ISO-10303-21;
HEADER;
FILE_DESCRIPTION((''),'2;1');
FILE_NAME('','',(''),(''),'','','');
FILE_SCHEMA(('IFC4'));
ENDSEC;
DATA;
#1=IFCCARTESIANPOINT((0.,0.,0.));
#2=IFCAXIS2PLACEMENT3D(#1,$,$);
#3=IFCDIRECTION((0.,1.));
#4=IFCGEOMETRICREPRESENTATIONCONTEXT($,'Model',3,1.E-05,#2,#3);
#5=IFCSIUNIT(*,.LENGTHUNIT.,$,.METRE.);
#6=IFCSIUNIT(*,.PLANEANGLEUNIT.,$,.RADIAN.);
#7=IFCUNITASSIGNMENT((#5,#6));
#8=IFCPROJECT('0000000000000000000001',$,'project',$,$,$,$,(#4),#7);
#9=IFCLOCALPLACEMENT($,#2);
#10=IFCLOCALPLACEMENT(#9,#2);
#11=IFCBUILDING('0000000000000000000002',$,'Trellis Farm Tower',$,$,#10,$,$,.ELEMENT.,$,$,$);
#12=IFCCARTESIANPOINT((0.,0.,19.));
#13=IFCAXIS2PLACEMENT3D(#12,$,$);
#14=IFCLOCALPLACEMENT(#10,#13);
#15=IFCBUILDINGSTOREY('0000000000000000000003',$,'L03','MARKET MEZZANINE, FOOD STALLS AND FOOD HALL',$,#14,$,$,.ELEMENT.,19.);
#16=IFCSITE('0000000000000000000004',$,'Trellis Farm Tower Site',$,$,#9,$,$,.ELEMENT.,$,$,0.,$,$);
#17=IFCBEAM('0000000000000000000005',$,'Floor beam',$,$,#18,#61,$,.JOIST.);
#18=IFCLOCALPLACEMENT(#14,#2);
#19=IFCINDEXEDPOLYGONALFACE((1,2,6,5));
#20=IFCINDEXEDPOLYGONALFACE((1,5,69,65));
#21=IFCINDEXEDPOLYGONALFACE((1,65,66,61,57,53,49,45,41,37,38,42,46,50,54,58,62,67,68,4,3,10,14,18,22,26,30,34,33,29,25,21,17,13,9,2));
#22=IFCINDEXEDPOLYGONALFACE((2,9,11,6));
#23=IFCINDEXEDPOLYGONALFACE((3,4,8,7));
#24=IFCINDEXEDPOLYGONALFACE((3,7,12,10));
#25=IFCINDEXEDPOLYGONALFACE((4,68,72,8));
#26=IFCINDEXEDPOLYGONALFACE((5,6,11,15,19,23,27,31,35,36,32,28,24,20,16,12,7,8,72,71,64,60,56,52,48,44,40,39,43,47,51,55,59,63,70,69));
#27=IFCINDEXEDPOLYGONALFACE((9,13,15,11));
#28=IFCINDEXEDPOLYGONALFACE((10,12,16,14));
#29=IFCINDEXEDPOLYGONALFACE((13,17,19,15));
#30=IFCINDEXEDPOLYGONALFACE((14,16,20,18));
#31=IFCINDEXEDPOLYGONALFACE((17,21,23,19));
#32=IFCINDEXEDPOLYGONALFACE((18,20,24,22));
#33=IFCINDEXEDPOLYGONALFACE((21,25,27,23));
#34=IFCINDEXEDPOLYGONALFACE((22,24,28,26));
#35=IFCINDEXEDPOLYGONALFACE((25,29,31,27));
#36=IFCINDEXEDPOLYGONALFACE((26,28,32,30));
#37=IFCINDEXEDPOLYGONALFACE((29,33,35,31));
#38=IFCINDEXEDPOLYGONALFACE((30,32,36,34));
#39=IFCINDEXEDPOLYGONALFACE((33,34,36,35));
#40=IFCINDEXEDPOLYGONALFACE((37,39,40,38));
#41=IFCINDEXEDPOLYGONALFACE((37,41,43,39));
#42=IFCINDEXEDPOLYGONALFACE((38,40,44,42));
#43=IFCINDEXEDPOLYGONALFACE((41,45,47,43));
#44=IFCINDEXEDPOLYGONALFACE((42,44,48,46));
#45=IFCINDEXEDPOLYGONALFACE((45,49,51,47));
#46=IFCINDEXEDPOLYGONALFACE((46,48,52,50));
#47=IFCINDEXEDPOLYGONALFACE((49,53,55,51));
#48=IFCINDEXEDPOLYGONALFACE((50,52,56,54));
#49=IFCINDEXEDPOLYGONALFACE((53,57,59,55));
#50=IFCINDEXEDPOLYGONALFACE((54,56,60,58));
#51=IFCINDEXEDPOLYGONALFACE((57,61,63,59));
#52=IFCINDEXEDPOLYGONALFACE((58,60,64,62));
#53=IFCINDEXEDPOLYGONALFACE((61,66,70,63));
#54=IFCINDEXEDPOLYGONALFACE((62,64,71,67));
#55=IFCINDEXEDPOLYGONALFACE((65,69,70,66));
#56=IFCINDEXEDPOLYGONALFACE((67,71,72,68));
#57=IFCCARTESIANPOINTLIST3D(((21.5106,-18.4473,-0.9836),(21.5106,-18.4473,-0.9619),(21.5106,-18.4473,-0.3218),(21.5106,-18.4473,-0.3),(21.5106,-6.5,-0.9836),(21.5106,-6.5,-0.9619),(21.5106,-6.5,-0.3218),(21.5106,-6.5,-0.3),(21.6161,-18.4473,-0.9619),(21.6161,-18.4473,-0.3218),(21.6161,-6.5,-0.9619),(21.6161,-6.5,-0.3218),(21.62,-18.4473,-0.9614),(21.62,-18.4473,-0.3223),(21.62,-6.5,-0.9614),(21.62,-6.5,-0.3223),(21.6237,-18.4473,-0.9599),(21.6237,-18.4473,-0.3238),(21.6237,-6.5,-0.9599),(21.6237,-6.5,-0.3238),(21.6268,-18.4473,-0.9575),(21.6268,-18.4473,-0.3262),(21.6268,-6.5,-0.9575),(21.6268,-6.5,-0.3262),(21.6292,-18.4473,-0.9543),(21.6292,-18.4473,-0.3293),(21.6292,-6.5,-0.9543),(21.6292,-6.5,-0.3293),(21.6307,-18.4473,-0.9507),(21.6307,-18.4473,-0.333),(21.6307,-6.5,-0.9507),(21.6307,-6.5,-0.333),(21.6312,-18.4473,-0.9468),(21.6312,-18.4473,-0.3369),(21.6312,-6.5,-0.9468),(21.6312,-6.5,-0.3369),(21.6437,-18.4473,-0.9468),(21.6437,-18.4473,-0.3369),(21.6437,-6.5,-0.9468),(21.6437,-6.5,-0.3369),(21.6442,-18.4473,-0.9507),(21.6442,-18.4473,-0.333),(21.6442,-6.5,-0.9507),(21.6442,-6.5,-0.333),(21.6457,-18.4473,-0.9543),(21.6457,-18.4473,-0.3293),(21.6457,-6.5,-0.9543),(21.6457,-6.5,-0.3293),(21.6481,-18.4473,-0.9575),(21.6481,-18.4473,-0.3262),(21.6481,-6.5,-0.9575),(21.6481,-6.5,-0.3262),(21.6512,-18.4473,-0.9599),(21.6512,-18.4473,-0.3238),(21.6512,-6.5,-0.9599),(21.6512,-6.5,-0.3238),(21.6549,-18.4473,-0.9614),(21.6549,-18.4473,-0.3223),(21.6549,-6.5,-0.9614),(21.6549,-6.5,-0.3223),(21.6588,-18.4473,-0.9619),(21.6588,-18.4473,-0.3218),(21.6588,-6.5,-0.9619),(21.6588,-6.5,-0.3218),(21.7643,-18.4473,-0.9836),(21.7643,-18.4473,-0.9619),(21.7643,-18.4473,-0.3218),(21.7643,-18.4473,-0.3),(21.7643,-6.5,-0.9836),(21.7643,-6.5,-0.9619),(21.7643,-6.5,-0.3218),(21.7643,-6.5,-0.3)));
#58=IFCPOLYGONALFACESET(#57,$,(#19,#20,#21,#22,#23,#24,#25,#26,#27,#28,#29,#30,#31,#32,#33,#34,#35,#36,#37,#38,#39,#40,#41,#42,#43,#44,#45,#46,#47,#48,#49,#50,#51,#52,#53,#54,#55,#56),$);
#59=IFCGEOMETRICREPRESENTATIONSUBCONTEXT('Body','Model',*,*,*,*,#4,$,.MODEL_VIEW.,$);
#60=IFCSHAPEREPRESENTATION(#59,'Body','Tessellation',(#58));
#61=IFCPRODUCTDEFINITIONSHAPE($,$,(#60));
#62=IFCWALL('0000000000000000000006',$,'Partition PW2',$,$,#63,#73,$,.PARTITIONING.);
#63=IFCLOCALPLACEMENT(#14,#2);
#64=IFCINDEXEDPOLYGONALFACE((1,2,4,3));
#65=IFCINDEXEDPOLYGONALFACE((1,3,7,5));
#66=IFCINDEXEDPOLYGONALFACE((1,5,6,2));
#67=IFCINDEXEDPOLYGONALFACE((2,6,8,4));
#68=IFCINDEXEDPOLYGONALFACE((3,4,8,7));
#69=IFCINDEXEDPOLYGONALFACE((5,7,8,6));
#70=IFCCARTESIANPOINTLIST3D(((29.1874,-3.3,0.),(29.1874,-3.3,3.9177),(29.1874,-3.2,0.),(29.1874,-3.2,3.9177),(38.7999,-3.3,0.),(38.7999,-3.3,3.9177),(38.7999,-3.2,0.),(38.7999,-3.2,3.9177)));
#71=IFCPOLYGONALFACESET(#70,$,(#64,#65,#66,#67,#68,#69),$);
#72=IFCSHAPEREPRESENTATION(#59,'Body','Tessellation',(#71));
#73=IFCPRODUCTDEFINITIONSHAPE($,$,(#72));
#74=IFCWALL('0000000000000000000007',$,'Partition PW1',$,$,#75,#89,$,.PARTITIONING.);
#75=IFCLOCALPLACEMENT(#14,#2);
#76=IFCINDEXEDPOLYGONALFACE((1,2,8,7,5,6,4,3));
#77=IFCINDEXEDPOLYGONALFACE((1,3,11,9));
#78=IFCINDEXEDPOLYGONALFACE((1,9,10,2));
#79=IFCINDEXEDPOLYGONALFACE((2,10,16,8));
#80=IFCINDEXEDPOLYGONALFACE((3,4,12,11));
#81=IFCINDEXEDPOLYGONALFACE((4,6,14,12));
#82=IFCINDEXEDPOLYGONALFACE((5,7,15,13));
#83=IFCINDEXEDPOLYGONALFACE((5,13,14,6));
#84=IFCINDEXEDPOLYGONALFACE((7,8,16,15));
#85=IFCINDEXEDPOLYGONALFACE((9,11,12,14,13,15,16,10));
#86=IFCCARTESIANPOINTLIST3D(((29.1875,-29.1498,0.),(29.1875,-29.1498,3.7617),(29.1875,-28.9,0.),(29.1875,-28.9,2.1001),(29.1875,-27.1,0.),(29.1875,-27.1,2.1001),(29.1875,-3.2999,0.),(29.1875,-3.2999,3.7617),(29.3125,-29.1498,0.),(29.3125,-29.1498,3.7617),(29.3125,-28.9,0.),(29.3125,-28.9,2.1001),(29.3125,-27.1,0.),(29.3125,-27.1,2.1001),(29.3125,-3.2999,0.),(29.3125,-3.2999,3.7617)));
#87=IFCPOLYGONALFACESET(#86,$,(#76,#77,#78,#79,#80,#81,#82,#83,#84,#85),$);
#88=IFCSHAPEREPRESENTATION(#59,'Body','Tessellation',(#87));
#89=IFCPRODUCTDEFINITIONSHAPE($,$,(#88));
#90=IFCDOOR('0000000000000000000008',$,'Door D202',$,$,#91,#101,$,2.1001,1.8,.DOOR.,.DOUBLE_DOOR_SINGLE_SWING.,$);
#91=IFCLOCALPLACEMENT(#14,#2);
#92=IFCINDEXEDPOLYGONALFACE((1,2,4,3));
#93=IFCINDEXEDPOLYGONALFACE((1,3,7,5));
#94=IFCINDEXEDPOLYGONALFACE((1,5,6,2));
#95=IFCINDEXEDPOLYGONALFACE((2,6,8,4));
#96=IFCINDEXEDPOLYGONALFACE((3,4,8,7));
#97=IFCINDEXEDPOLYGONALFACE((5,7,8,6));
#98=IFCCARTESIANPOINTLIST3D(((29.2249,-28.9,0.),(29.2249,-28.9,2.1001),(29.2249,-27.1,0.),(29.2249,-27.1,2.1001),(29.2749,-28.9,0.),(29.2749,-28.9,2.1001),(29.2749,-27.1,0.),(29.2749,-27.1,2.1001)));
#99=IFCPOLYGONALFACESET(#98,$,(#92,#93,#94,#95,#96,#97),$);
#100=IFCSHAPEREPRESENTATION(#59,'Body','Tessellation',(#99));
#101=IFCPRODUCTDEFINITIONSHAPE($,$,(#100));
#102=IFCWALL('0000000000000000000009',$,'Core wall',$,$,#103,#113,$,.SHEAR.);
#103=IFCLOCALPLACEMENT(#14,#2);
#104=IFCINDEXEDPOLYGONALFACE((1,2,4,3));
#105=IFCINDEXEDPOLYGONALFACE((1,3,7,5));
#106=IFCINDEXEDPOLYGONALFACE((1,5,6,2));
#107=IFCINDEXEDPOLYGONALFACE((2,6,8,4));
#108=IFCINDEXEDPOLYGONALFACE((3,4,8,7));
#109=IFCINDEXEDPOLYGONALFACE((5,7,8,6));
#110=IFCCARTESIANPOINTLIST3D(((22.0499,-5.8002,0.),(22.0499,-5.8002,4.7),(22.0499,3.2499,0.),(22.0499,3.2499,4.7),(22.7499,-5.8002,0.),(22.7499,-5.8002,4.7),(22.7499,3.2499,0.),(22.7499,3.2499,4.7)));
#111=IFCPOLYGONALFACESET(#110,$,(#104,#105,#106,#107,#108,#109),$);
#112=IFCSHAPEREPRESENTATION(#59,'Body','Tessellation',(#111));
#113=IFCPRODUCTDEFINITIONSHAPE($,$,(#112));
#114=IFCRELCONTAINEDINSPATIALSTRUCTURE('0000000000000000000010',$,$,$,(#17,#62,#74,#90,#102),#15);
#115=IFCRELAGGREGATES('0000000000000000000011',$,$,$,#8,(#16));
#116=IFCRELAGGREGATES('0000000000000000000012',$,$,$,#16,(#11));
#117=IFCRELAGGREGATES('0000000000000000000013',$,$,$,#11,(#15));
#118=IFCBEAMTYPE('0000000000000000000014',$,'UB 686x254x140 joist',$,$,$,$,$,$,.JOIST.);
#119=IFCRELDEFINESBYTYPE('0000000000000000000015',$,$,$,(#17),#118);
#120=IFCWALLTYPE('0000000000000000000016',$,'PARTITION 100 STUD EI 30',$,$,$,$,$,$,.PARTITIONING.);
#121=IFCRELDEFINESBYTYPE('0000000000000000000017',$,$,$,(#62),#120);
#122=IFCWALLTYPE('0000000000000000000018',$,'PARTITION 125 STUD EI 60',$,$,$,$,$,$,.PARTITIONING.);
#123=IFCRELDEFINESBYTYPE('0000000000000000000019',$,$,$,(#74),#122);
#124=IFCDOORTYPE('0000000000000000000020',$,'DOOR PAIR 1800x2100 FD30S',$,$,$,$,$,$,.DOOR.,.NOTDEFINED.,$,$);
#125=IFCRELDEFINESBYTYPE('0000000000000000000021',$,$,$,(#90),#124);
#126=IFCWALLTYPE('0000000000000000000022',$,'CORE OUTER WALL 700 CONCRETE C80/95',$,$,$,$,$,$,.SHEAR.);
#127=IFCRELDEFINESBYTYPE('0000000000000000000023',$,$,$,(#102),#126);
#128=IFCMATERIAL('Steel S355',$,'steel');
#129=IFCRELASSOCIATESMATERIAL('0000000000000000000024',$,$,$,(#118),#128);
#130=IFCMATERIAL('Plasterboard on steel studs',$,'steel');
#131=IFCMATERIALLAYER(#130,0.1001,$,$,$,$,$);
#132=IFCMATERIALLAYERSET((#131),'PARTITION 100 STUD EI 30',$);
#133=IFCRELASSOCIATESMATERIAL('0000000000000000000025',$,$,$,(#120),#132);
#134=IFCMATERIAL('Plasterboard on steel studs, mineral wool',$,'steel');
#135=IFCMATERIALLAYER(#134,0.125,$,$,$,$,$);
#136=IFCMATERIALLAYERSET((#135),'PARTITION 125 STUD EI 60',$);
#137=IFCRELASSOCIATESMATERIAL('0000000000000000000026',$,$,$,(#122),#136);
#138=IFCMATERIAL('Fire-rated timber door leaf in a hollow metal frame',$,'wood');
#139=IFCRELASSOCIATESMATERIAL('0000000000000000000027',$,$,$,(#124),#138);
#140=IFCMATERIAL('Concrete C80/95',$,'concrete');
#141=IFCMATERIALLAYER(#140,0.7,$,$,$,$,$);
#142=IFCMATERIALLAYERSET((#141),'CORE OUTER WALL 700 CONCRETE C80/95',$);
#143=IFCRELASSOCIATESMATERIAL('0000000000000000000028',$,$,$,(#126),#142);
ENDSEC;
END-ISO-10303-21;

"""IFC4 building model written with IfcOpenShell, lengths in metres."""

from ifc_helpers import new_model, si_unit, direction, frame, frame_2d, origin, origin_2d, place, context, subcontext, project, spatial, rectangle, i_section, extrude, source, transform, mapped, material, layer, layer_set, material_profile, profile_set, type_object, element, fill, save


model = new_model("IFC4")

# Units and contexts
model_context = context("Model", 3, precision=1e-05, world=origin(), true_north=direction((0.0, 1.0)))
body_context = subcontext(model_context, "Body", "Model", "MODEL_VIEW")
ifc_project = project(units=[si_unit("LENGTHUNIT", "METRE"), si_unit("PLANEANGLEUNIT", "RADIAN")], contexts=[model_context])

# Site, building, storey
site_placement = place(None, origin())
site = spatial("IfcSite", under=ifc_project, at=site_placement, Name="Trellis Farm Tower Site", CompositionType="ELEMENT", RefElevation=0.0)
building_placement = place(site_placement, origin())
building = spatial("IfcBuilding", under=site, at=building_placement, Name="Trellis Farm Tower", CompositionType="ELEMENT")
storey_placement = place(building_placement, frame((0.0, 0.0, 19.0)))
storey = spatial("IfcBuildingStorey", under=building, at=storey_placement, Name="L03", Description="MARKET MEZZANINE, FOOD STALLS AND FOOD HALL", CompositionType="ELEMENT", Elevation=19.0)

# Shared definitions
ifc_material_1 = material(Name="Concrete C80/95", Category="concrete")

# Beam
ifc_material_2 = material(Name="Steel S355", Category="steel")
ifc_material_profile_1 = material_profile(ifc_material_2, i_section(OverallWidth=0.2537, OverallDepth=0.6836, WebThickness=0.0125, FlangeThickness=0.0217, FilletRadius=0.0151, at=origin_2d()), Name="UB 686x254x140")
ifc_profile_set_1 = profile_set([ifc_material_profile_1], Name="Steel S355")
beam_type_1 = type_object("IfcBeamType", Name="UB 686x254x140 joist", PredefinedType="JOIST", material=ifc_profile_set_1)
shared_shape_1 = source(origin(), body_context, "Body", "SweptSolid", [
    extrude(i_section(OverallWidth=0.2537, OverallDepth=0.6836, WebThickness=0.0125, FlangeThickness=0.0217, FilletRadius=0.0151, at=origin_2d()), origin(), (0.0, 0.0, 1.0), 11.9473),
])
beam_1_placement = place(storey_placement, frame((21.6375, -18.4473, -0.6418), z_axis=(0.0, 1.0, 0.0), x_axis=(-1.0, 0.0, 0.0)))
element("IfcBeam", 1, at=beam_1_placement, inside=storey, type_object=beam_type_1, Name="Floor beam", PredefinedType="JOIST", context=body_context, shape_type="MappedRepresentation", body=[
    mapped(shared_shape_1, transform((0.0, 0.0, 0.0))),
])

# Wall
ifc_material_3 = material(Name="Plasterboard on steel studs", Category="steel")
ifc_layer_1 = layer(ifc_material_3, 0.1001)
ifc_layer_set_1 = layer_set([ifc_layer_1], Name="PARTITION 100 STUD EI 30")
wall_type_1 = type_object("IfcWallType", Name="PARTITION 100 STUD EI 30", PredefinedType="PARTITIONING", material=ifc_layer_set_1)
wall_1_placement = place(storey_placement, frame((29.1875, -3.25, 0.0), z_axis=(0.0, 0.0, 1.0), x_axis=(1.0, 0.0, 0.0)))
element("IfcWall", 2, at=wall_1_placement, inside=storey, type_object=wall_type_1, Name="Partition PW2", PredefinedType="PARTITIONING", context=body_context, shape_type="SweptSolid", body=[
    extrude(rectangle(XDim=9.6125, YDim=0.1001, at=frame_2d((4.8062, 0.0))), origin(), (0.0, 0.0, 1.0), 3.9177),
])

# Wall, opening, door
ifc_material_4 = material(Name="Plasterboard on steel studs, mineral wool", Category="steel")
ifc_layer_2 = layer(ifc_material_4, 0.125)
ifc_layer_set_2 = layer_set([ifc_layer_2], Name="PARTITION 125 STUD EI 60")
wall_type_2 = type_object("IfcWallType", Name="PARTITION 125 STUD EI 60", PredefinedType="PARTITIONING", material=ifc_layer_set_2)
wall_2_placement = place(storey_placement, frame((29.25, -3.3, 0.0), z_axis=(0.0, 0.0, 1.0), x_axis=(0.0, -1.0, 0.0)))
wall_2 = element("IfcWall", 3, at=wall_2_placement, inside=storey, type_object=wall_type_2, Name="Partition PW1", PredefinedType="PARTITIONING", context=body_context, shape_type="SweptSolid", body=[
    extrude(rectangle(XDim=25.8499, YDim=0.125, at=frame_2d((12.9248, 0.0))), origin(), (0.0, 0.0, 1.0), 3.7617),
])
shared_shape_2 = source(origin(), body_context, "Body", "SweptSolid", [
    extrude(rectangle(XDim=1.8, YDim=2.1001, at=frame_2d((0.8999, 1.05))), frame((0.0, 0.0725, 0.0), z_axis=(0.0, -1.0, 0.0), x_axis=(1.0, 0.0, 0.0)), (0.0, 0.0, 1.0), 0.145),
])
opening_placement = place(wall_2_placement, frame((23.8, 0.0, 0.0)))
opening = element("IfcOpeningElement", 4, at=opening_placement, cuts=wall_2, PredefinedType="OPENING", context=body_context, shape_type="MappedRepresentation", body=[
    mapped(shared_shape_2, transform((0.0, 0.0, 0.0))),
])
ifc_material_5 = material(Name="Fire-rated timber door leaf in a hollow metal frame", Category="wood")
door_type = type_object("IfcDoorType", Name="DOOR PAIR 1800x2100 FD30S", OperationType="NOTDEFINED", PredefinedType="DOOR", material=ifc_material_5)
shared_shape_3 = source(origin(), body_context, "Body", "SweptSolid", [
    extrude(rectangle(XDim=1.8, YDim=2.1001, at=frame_2d((0.8999, 1.05))), frame((0.0, 0.0249, 0.0), z_axis=(0.0, -1.0, 0.0), x_axis=(1.0, 0.0, 0.0)), (0.0, 0.0, 1.0), 0.05),
])
door_placement = place(opening_placement, origin())
door = element("IfcDoor", 5, at=door_placement, inside=storey, type_object=door_type, Name="Door D202", OperationType="DOUBLE_DOOR_SINGLE_SWING", OverallHeight=2.1001, OverallWidth=1.8, PredefinedType="DOOR", context=body_context, shape_type="MappedRepresentation", body=[
    mapped(shared_shape_3, transform((0.0, 0.0, 0.0))),
])
fill(opening, door)

# Wall
ifc_layer_3 = layer(ifc_material_1, 0.7)
ifc_layer_set_3 = layer_set([ifc_layer_3], Name="CORE OUTER WALL 700 CONCRETE C80/95")
wall_type_3 = type_object("IfcWallType", Name="CORE OUTER WALL 700 CONCRETE C80/95", PredefinedType="SHEAR", material=ifc_layer_set_3)
shared_shape_4 = source(origin(), body_context, "Body", "SweptSolid", [
    extrude(rectangle(XDim=9.05, YDim=0.7, at=frame_2d((4.5249, 0.0))), origin(), (0.0, 0.0, 1.0), 4.7),
])
wall_3_placement = place(storey_placement, frame((22.3999, -5.8, 0.0), z_axis=(0.0, 0.0, 1.0), x_axis=(0.0, 1.0, 0.0)))
element("IfcWall", 6, at=wall_3_placement, inside=storey, type_object=wall_type_3, Name="Core wall", PredefinedType="SHEAR", context=body_context, shape_type="MappedRepresentation", body=[
    mapped(shared_shape_4, transform((0.0, 0.0, 0.0))),
])

save(model, "model.ifc")
